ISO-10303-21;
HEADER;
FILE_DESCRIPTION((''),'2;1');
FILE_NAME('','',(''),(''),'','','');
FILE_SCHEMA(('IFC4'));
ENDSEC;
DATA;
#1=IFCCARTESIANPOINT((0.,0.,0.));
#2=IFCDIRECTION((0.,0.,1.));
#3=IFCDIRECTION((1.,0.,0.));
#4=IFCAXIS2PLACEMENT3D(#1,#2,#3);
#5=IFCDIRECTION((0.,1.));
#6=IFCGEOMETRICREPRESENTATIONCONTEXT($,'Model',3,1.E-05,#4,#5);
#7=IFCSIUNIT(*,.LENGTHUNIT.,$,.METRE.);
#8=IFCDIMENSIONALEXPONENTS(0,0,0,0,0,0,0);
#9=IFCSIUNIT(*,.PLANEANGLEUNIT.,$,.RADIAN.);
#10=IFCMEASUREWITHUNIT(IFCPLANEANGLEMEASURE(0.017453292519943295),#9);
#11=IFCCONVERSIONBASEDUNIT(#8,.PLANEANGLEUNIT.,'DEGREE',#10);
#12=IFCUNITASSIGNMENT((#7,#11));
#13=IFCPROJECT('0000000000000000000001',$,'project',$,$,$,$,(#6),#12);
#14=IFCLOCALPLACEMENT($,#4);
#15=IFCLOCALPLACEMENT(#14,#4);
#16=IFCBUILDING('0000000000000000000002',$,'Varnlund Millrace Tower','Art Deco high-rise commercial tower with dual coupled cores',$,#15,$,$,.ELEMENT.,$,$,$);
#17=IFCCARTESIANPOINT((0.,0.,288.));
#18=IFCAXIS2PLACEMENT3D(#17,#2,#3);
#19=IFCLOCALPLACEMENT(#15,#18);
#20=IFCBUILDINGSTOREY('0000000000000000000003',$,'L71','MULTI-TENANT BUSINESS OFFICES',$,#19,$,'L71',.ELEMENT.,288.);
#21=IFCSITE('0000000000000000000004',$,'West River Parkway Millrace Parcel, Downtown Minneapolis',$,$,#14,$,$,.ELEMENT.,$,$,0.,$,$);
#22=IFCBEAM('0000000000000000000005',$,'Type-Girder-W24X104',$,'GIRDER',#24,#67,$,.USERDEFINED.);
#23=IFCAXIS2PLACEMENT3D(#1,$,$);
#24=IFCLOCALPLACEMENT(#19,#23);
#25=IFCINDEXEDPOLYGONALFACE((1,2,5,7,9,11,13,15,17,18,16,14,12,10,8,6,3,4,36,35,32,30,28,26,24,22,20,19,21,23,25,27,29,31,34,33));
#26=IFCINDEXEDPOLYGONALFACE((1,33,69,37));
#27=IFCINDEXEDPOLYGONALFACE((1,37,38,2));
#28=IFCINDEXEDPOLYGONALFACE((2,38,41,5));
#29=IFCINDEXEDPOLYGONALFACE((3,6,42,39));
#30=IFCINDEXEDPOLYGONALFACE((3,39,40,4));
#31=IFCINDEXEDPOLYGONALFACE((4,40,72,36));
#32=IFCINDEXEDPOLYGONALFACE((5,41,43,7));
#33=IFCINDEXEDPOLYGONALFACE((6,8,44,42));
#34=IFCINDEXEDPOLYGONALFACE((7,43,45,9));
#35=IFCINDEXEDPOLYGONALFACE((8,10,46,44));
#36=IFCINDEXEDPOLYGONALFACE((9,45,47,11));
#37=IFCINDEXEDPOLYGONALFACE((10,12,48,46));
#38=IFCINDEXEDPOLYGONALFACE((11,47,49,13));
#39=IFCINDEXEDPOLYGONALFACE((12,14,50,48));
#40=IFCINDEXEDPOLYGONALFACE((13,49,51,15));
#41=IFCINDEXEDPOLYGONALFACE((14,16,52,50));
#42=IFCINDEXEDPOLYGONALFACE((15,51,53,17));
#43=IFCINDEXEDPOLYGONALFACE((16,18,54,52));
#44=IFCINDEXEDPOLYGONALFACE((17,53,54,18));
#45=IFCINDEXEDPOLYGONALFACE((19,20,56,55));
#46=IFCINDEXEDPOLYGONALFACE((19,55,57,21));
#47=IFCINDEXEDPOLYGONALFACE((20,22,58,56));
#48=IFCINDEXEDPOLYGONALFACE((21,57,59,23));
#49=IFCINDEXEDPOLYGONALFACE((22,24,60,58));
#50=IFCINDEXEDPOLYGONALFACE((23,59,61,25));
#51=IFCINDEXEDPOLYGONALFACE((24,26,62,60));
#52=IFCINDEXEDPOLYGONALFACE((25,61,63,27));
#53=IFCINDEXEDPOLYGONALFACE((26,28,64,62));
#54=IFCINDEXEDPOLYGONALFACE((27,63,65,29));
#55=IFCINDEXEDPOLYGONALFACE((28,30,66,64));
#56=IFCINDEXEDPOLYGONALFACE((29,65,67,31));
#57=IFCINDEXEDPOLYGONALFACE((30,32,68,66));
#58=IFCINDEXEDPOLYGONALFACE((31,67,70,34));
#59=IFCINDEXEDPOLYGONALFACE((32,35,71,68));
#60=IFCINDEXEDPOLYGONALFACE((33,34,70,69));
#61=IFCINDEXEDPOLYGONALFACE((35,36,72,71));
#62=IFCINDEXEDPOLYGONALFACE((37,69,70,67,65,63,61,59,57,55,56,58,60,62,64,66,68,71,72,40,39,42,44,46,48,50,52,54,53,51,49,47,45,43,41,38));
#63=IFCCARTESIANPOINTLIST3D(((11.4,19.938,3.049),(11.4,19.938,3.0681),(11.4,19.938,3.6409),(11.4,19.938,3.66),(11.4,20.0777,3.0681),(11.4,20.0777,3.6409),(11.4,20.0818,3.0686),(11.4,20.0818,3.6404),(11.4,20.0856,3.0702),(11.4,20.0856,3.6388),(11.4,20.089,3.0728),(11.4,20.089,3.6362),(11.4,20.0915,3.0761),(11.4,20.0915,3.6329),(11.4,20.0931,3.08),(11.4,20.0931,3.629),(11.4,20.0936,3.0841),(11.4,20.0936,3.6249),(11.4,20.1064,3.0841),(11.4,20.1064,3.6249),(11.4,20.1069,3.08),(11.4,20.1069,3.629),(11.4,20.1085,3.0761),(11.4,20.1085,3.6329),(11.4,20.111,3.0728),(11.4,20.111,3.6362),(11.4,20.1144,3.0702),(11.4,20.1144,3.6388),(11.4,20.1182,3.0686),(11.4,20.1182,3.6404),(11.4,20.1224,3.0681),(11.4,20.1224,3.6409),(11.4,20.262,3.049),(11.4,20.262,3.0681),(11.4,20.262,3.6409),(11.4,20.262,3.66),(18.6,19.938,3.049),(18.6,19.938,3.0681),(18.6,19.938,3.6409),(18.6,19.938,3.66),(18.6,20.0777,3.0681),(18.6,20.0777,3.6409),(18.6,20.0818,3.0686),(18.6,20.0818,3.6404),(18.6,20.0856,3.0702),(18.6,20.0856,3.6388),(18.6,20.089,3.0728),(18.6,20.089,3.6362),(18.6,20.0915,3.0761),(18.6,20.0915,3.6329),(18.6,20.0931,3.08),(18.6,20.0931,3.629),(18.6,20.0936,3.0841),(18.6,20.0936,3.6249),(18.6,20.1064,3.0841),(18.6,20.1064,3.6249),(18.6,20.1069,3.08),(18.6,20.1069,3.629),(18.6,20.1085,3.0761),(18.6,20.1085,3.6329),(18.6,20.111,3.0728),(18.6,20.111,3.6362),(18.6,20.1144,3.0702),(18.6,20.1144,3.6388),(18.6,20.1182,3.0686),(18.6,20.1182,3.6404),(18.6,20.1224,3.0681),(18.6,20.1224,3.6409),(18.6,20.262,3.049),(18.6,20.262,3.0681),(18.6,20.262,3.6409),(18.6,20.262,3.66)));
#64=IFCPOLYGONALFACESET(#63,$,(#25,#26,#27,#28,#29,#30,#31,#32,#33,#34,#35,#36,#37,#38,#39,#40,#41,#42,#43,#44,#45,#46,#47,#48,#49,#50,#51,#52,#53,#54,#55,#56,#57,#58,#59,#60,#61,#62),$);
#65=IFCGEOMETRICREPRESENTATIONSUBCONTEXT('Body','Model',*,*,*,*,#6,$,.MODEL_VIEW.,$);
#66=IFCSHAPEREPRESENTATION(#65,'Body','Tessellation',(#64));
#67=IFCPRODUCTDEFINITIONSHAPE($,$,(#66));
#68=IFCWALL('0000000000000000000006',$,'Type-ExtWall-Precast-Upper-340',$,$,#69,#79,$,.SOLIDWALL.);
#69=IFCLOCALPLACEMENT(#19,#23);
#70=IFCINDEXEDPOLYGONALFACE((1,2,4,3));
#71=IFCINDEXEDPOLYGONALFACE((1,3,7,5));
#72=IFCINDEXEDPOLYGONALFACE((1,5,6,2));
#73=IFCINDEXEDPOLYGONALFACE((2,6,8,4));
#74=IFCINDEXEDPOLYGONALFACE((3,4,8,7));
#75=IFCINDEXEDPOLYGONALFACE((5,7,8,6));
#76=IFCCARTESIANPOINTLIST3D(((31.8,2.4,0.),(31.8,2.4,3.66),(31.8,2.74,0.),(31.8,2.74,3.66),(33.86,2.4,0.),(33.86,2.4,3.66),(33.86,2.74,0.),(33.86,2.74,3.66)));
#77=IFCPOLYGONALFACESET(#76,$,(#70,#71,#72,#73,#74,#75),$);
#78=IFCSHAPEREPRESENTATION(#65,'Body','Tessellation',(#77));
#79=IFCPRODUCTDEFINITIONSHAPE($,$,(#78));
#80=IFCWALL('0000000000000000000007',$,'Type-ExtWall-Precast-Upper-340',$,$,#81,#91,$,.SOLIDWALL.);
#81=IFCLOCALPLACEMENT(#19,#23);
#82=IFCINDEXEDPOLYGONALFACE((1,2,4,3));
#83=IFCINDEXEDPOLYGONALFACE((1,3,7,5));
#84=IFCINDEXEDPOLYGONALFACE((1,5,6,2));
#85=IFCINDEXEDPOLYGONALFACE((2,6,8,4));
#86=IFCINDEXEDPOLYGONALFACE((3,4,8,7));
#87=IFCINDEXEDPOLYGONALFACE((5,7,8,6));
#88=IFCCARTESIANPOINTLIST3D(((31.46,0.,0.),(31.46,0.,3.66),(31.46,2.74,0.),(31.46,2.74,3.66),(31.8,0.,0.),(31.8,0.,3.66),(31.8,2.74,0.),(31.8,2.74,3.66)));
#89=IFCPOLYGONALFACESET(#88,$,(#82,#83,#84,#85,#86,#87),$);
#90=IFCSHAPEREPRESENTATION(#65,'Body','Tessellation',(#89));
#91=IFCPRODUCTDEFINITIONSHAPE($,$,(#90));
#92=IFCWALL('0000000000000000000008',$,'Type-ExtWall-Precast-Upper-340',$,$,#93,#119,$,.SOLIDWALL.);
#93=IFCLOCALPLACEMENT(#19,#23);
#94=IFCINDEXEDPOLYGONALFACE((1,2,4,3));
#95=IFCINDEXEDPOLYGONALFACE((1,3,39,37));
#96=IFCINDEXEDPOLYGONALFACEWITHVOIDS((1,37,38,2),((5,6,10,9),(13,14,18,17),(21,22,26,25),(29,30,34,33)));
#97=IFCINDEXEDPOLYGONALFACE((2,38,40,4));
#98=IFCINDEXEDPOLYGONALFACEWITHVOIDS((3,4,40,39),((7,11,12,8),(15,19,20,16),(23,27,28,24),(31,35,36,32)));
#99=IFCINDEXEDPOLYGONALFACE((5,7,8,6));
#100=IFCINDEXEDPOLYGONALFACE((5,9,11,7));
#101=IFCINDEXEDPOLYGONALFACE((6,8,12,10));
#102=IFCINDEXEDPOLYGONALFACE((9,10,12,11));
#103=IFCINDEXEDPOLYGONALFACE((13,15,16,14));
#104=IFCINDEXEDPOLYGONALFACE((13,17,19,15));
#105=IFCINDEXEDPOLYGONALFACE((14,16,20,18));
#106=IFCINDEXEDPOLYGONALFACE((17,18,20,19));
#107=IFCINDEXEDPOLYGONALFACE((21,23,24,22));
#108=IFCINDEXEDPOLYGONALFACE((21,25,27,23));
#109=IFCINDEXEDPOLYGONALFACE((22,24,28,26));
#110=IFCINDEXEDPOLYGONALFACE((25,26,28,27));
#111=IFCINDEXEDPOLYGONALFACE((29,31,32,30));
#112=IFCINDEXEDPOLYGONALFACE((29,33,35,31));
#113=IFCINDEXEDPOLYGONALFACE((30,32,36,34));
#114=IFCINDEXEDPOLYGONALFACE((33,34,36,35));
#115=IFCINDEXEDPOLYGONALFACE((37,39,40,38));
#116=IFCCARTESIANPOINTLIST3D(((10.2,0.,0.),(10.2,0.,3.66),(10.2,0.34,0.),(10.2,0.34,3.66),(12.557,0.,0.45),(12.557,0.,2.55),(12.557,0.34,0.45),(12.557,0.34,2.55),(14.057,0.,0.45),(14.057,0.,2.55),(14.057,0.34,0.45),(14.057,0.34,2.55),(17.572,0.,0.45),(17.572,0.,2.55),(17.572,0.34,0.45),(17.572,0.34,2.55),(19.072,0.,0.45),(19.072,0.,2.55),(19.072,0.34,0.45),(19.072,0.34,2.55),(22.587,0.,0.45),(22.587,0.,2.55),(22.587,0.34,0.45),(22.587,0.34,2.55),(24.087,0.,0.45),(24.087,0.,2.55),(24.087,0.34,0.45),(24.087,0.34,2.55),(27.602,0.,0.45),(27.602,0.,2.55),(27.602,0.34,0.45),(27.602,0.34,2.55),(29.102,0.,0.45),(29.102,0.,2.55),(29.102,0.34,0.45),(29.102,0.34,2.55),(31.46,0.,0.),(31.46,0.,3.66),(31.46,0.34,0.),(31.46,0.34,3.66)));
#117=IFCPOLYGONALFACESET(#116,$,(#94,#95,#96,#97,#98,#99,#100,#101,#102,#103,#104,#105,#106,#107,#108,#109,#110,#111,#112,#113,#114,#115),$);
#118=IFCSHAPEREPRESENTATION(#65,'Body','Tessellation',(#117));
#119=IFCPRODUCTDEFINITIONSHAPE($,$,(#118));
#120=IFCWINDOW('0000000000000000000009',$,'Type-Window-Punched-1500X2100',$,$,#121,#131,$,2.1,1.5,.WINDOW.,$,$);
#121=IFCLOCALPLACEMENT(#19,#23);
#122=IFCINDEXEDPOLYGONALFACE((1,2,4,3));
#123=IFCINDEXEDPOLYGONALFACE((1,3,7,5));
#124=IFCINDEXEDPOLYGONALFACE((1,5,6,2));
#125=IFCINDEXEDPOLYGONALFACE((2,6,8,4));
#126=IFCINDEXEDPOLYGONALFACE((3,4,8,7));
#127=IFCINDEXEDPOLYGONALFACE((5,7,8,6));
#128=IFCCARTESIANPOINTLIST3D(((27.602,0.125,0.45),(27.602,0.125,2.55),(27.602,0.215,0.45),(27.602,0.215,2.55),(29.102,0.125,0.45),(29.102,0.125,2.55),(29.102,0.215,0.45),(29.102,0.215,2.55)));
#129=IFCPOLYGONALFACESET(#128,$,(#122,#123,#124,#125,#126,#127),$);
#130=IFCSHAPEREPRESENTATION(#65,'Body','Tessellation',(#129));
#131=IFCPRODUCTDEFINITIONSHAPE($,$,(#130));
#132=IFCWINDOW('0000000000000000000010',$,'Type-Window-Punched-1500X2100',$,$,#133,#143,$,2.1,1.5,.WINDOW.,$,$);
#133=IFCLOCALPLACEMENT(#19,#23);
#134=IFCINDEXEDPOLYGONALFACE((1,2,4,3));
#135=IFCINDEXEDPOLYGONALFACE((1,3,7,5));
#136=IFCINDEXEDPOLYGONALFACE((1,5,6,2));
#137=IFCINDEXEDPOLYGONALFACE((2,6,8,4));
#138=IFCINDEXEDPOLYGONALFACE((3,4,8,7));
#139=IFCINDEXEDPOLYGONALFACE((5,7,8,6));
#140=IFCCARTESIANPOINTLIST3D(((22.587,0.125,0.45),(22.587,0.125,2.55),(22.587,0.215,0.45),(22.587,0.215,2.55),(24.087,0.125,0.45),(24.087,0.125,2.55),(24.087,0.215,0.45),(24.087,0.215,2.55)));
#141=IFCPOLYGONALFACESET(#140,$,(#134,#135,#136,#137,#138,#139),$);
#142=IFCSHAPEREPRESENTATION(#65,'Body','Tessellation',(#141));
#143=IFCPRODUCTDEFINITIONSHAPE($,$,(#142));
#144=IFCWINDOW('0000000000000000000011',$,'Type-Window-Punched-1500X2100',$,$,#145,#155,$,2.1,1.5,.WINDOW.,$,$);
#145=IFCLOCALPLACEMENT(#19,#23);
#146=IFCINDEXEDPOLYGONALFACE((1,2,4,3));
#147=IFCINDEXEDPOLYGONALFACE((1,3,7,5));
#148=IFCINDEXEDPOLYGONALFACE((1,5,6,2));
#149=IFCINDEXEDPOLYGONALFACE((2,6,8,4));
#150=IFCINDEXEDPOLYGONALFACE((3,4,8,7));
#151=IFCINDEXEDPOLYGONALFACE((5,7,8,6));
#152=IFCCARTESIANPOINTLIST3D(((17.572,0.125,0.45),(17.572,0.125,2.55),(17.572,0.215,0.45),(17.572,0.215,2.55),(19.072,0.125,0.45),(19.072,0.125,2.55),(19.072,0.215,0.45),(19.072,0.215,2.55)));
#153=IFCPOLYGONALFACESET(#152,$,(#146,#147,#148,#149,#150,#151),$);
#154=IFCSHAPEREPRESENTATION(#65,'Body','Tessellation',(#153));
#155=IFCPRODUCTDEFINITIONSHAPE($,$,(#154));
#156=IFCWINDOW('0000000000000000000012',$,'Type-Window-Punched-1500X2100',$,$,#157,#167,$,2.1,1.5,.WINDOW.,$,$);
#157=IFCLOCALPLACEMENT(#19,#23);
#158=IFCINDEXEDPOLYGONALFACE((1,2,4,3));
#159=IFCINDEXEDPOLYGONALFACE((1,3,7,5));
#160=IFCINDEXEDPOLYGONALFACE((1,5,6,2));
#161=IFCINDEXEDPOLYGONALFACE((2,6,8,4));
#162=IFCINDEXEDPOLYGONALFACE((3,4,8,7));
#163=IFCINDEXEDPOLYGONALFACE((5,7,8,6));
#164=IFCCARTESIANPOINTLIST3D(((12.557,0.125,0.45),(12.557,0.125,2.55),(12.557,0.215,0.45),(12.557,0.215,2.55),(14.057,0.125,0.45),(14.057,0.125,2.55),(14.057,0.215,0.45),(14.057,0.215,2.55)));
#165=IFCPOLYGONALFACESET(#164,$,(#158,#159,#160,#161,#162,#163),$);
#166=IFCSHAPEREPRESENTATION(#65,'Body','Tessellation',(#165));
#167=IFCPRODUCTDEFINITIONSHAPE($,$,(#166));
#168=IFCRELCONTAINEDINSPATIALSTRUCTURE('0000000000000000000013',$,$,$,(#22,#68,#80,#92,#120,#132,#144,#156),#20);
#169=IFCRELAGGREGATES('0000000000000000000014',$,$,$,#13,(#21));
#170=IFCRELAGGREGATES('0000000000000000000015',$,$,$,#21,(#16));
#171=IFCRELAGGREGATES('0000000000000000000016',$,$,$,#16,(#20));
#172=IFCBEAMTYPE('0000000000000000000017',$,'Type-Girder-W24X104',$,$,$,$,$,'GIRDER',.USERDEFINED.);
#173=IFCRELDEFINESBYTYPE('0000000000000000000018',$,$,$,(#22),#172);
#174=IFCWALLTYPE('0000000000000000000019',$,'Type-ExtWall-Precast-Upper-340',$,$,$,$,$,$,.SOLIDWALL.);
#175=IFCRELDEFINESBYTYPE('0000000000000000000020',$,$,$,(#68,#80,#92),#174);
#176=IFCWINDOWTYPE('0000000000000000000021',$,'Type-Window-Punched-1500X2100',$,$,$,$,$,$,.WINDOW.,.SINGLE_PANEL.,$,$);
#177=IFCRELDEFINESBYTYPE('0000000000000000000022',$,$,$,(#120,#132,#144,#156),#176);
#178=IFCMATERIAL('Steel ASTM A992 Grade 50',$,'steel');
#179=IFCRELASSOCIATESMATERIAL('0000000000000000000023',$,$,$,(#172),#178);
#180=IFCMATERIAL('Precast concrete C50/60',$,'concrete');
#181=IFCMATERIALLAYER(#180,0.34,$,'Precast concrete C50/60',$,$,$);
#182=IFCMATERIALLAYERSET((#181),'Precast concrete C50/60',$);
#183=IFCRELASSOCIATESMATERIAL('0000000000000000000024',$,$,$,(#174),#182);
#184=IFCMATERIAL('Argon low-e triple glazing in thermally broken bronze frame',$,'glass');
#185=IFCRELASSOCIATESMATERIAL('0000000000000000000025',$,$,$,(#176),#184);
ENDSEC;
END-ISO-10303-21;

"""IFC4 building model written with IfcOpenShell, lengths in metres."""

from ifc_helpers import new_model, entity, si_unit, converted_unit, direction, frame, origin_with_axes, origin_2d_with_axis, place, context, subcontext, project, spatial, polyline, rectangle, i_section, outline, extrude, material, layer, layer_set, material_profile, profile_set, type_object, element, fill, save


model = new_model("IFC4")

# Units and contexts
model_context = context("Model", 3, precision=1e-05, world=origin_with_axes(), true_north=direction((0.0, 1.0)))
body_context = subcontext(model_context, "Body", "Model", "MODEL_VIEW")
ifc_project = project(units=[si_unit("LENGTHUNIT", "METRE"), converted_unit("PLANEANGLEUNIT", "DEGREE", entity("IfcPlaneAngleMeasure", 0.017453292519943295), si_unit("PLANEANGLEUNIT", "RADIAN"), dimensions=[0, 0, 0, 0, 0, 0, 0])], contexts=[model_context])

# Site, building, storey
site_placement = place(None, origin_with_axes())
site = spatial("IfcSite", under=ifc_project, at=site_placement, Name="West River Parkway Millrace Parcel, Downtown Minneapolis", CompositionType="ELEMENT", RefElevation=0.0)
building_placement = place(site_placement, origin_with_axes())
building = spatial("IfcBuilding", under=site, at=building_placement, Name="Varnlund Millrace Tower", Description="Art Deco high-rise commercial tower with dual coupled cores", CompositionType="ELEMENT")
storey_placement = place(building_placement, frame((0.0, 0.0, 288.0), z_axis=(0.0, 0.0, 1.0), x_axis=(1.0, 0.0, 0.0)))
storey = spatial("IfcBuildingStorey", under=building, at=storey_placement, Name="L71", Description="MULTI-TENANT BUSINESS OFFICES", LongName="L71", CompositionType="ELEMENT", Elevation=288.0)

# Beam
ifc_material_1 = material(Name="Steel ASTM A992 Grade 50", Category="steel")
ifc_material_profile_1 = material_profile(ifc_material_1, i_section(OverallWidth=0.324, OverallDepth=0.611, WebThickness=0.0127, FlangeThickness=0.0191, FilletRadius=0.016, at=origin_2d_with_axis()), Name="Steel ASTM A992 Grade 50")
ifc_profile_set_1 = profile_set([ifc_material_profile_1], Name="Steel ASTM A992 Grade 50")
beam_type_1 = type_object("IfcBeamType", Name="Type-Girder-W24X104", ElementType="GIRDER", PredefinedType="USERDEFINED", material=ifc_profile_set_1)
beam_1_placement = place(storey_placement, frame((11.4, 20.1, 3.3545), z_axis=(1.0, 0.0, 0.0), x_axis=(0.0, 1.0, 0.0)))
element("IfcBeam", 1, at=beam_1_placement, inside=storey, type_object=beam_type_1, Name="Type-Girder-W24X104", ObjectType="GIRDER", PredefinedType="USERDEFINED", context=body_context, shape_type="SweptSolid", body=[
    extrude(i_section(OverallWidth=0.324, OverallDepth=0.611, WebThickness=0.0127, FlangeThickness=0.0191, FilletRadius=0.016, at=origin_2d_with_axis()), origin_with_axes(), (0.0, 0.0, 1.0), 7.2),
])

# Walls
ifc_material_2 = material(Name="Precast concrete C50/60", Category="concrete")
ifc_layer_1 = layer(ifc_material_2, 0.34, Name="Precast concrete C50/60")
ifc_layer_set_1 = layer_set([ifc_layer_1], Name="Precast concrete C50/60")
wall_type_1 = type_object("IfcWallType", Name="Type-ExtWall-Precast-Upper-340", PredefinedType="SOLIDWALL", material=ifc_layer_set_1)
wall_1_placement = place(storey_placement, frame((33.86, 2.57, 0.0), z_axis=(0.0, 0.0, 1.0), x_axis=(-1.0, 0.0, 0.0)))
element("IfcWall", 2, at=wall_1_placement, inside=storey, type_object=wall_type_1, Name="Type-ExtWall-Precast-Upper-340", PredefinedType="SOLIDWALL", context=body_context, shape_type="SweptSolid", body=[
    extrude(outline(polyline([(0.0, -0.17), (2.06, -0.17), (2.06, 0.17), (0.0, 0.17), (0.0, -0.17)])), origin_with_axes(), (0.0, 0.0, 1.0), 3.66),
])
wall_2_placement = place(storey_placement, frame((31.63, 2.74, 0.0), z_axis=(0.0, 0.0, 1.0), x_axis=(0.0, -1.0, 0.0)))
element("IfcWall", 3, at=wall_2_placement, inside=storey, type_object=wall_type_1, Name="Type-ExtWall-Precast-Upper-340", PredefinedType="SOLIDWALL", context=body_context, shape_type="SweptSolid", body=[
    extrude(outline(polyline([(0.0, -0.17), (2.74, -0.17), (2.74, 0.17), (0.0, 0.17), (0.0, -0.17)])), origin_with_axes(), (0.0, 0.0, 1.0), 3.66),
])

# Wall, openings, windows
wall_3_placement = place(storey_placement, frame((31.46, 0.17, 0.0), z_axis=(0.0, 0.0, 1.0), x_axis=(-1.0, 0.0, 0.0)))
wall_3 = element("IfcWall", 4, at=wall_3_placement, inside=storey, type_object=wall_type_1, Name="Type-ExtWall-Precast-Upper-340", PredefinedType="SOLIDWALL", context=body_context, shape_type="SweptSolid", body=[
    extrude(outline(polyline([(0.0, -0.17), (21.26, -0.17), (21.26, 0.17), (0.0, 0.17), (0.0, -0.17)])), origin_with_axes(), (0.0, 0.0, 1.0), 3.66),
])
opening_1_placement = place(wall_3_placement, frame((3.108, 0.0, 0.45), z_axis=(0.0, 0.0, 1.0), x_axis=(1.0, 0.0, 0.0)))
opening_1 = element("IfcOpeningElement", 5, at=opening_1_placement, cuts=wall_3, PredefinedType="OPENING", context=body_context, shape_type="SweptSolid", body=[
    extrude(rectangle(XDim=1.5, YDim=0.36, at=origin_2d_with_axis()), origin_with_axes(), (0.0, 0.0, 1.0), 2.1),
])
opening_2_placement = place(wall_3_placement, frame((8.123, 0.0, 0.45), z_axis=(0.0, 0.0, 1.0), x_axis=(1.0, 0.0, 0.0)))
opening_2 = element("IfcOpeningElement", 6, at=opening_2_placement, cuts=wall_3, PredefinedType="OPENING", context=body_context, shape_type="SweptSolid", body=[
    extrude(rectangle(XDim=1.5, YDim=0.36, at=origin_2d_with_axis()), origin_with_axes(), (0.0, 0.0, 1.0), 2.1),
])
opening_3_placement = place(wall_3_placement, frame((13.138, 0.0, 0.45), z_axis=(0.0, 0.0, 1.0), x_axis=(1.0, 0.0, 0.0)))
opening_3 = element("IfcOpeningElement", 7, at=opening_3_placement, cuts=wall_3, PredefinedType="OPENING", context=body_context, shape_type="SweptSolid", body=[
    extrude(rectangle(XDim=1.5, YDim=0.36, at=origin_2d_with_axis()), origin_with_axes(), (0.0, 0.0, 1.0), 2.1),
])
opening_4_placement = place(wall_3_placement, frame((18.153, 0.0, 0.45), z_axis=(0.0, 0.0, 1.0), x_axis=(1.0, 0.0, 0.0)))
opening_4 = element("IfcOpeningElement", 8, at=opening_4_placement, cuts=wall_3, PredefinedType="OPENING", context=body_context, shape_type="SweptSolid", body=[
    extrude(rectangle(XDim=1.5, YDim=0.36, at=origin_2d_with_axis()), origin_with_axes(), (0.0, 0.0, 1.0), 2.1),
])
ifc_material_3 = material(Name="Argon low-e triple glazing in thermally broken bronze frame", Category="glass")
window_type = type_object("IfcWindowType", Name="Type-Window-Punched-1500X2100", PartitioningType="SINGLE_PANEL", PredefinedType="WINDOW", material=ifc_material_3)
window_1_placement = place(wall_3_placement, frame((3.108, 0.0, 0.45), z_axis=(0.0, 0.0, 1.0), x_axis=(1.0, 0.0, 0.0)))
window_1 = element("IfcWindow", 9, at=window_1_placement, inside=storey, type_object=window_type, Name="Type-Window-Punched-1500X2100", OverallHeight=2.1, OverallWidth=1.5, PredefinedType="WINDOW", context=body_context, shape_type="SweptSolid", body=[
    extrude(rectangle(XDim=1.5, YDim=0.09, at=origin_2d_with_axis()), origin_with_axes(), (0.0, 0.0, 1.0), 2.1),
])
fill(opening_1, window_1)
window_2_placement = place(wall_3_placement, frame((8.123, 0.0, 0.45), z_axis=(0.0, 0.0, 1.0), x_axis=(1.0, 0.0, 0.0)))
window_2 = element("IfcWindow", 10, at=window_2_placement, inside=storey, type_object=window_type, Name="Type-Window-Punched-1500X2100", OverallHeight=2.1, OverallWidth=1.5, PredefinedType="WINDOW", context=body_context, shape_type="SweptSolid", body=[
    extrude(rectangle(XDim=1.5, YDim=0.09, at=origin_2d_with_axis()), origin_with_axes(), (0.0, 0.0, 1.0), 2.1),
])
fill(opening_2, window_2)
window_3_placement = place(wall_3_placement, frame((13.138, 0.0, 0.45), z_axis=(0.0, 0.0, 1.0), x_axis=(1.0, 0.0, 0.0)))
window_3 = element("IfcWindow", 11, at=window_3_placement, inside=storey, type_object=window_type, Name="Type-Window-Punched-1500X2100", OverallHeight=2.1, OverallWidth=1.5, PredefinedType="WINDOW", context=body_context, shape_type="SweptSolid", body=[
    extrude(rectangle(XDim=1.5, YDim=0.09, at=origin_2d_with_axis()), origin_with_axes(), (0.0, 0.0, 1.0), 2.1),
])
fill(opening_3, window_3)
window_4_placement = place(wall_3_placement, frame((18.153, 0.0, 0.45), z_axis=(0.0, 0.0, 1.0), x_axis=(1.0, 0.0, 0.0)))
window_4 = element("IfcWindow", 12, at=window_4_placement, inside=storey, type_object=window_type, Name="Type-Window-Punched-1500X2100", OverallHeight=2.1, OverallWidth=1.5, PredefinedType="WINDOW", context=body_context, shape_type="SweptSolid", body=[
    extrude(rectangle(XDim=1.5, YDim=0.09, at=origin_2d_with_axis()), origin_with_axes(), (0.0, 0.0, 1.0), 2.1),
])
fill(opening_4, window_4)

save(model, "model.ifc")
